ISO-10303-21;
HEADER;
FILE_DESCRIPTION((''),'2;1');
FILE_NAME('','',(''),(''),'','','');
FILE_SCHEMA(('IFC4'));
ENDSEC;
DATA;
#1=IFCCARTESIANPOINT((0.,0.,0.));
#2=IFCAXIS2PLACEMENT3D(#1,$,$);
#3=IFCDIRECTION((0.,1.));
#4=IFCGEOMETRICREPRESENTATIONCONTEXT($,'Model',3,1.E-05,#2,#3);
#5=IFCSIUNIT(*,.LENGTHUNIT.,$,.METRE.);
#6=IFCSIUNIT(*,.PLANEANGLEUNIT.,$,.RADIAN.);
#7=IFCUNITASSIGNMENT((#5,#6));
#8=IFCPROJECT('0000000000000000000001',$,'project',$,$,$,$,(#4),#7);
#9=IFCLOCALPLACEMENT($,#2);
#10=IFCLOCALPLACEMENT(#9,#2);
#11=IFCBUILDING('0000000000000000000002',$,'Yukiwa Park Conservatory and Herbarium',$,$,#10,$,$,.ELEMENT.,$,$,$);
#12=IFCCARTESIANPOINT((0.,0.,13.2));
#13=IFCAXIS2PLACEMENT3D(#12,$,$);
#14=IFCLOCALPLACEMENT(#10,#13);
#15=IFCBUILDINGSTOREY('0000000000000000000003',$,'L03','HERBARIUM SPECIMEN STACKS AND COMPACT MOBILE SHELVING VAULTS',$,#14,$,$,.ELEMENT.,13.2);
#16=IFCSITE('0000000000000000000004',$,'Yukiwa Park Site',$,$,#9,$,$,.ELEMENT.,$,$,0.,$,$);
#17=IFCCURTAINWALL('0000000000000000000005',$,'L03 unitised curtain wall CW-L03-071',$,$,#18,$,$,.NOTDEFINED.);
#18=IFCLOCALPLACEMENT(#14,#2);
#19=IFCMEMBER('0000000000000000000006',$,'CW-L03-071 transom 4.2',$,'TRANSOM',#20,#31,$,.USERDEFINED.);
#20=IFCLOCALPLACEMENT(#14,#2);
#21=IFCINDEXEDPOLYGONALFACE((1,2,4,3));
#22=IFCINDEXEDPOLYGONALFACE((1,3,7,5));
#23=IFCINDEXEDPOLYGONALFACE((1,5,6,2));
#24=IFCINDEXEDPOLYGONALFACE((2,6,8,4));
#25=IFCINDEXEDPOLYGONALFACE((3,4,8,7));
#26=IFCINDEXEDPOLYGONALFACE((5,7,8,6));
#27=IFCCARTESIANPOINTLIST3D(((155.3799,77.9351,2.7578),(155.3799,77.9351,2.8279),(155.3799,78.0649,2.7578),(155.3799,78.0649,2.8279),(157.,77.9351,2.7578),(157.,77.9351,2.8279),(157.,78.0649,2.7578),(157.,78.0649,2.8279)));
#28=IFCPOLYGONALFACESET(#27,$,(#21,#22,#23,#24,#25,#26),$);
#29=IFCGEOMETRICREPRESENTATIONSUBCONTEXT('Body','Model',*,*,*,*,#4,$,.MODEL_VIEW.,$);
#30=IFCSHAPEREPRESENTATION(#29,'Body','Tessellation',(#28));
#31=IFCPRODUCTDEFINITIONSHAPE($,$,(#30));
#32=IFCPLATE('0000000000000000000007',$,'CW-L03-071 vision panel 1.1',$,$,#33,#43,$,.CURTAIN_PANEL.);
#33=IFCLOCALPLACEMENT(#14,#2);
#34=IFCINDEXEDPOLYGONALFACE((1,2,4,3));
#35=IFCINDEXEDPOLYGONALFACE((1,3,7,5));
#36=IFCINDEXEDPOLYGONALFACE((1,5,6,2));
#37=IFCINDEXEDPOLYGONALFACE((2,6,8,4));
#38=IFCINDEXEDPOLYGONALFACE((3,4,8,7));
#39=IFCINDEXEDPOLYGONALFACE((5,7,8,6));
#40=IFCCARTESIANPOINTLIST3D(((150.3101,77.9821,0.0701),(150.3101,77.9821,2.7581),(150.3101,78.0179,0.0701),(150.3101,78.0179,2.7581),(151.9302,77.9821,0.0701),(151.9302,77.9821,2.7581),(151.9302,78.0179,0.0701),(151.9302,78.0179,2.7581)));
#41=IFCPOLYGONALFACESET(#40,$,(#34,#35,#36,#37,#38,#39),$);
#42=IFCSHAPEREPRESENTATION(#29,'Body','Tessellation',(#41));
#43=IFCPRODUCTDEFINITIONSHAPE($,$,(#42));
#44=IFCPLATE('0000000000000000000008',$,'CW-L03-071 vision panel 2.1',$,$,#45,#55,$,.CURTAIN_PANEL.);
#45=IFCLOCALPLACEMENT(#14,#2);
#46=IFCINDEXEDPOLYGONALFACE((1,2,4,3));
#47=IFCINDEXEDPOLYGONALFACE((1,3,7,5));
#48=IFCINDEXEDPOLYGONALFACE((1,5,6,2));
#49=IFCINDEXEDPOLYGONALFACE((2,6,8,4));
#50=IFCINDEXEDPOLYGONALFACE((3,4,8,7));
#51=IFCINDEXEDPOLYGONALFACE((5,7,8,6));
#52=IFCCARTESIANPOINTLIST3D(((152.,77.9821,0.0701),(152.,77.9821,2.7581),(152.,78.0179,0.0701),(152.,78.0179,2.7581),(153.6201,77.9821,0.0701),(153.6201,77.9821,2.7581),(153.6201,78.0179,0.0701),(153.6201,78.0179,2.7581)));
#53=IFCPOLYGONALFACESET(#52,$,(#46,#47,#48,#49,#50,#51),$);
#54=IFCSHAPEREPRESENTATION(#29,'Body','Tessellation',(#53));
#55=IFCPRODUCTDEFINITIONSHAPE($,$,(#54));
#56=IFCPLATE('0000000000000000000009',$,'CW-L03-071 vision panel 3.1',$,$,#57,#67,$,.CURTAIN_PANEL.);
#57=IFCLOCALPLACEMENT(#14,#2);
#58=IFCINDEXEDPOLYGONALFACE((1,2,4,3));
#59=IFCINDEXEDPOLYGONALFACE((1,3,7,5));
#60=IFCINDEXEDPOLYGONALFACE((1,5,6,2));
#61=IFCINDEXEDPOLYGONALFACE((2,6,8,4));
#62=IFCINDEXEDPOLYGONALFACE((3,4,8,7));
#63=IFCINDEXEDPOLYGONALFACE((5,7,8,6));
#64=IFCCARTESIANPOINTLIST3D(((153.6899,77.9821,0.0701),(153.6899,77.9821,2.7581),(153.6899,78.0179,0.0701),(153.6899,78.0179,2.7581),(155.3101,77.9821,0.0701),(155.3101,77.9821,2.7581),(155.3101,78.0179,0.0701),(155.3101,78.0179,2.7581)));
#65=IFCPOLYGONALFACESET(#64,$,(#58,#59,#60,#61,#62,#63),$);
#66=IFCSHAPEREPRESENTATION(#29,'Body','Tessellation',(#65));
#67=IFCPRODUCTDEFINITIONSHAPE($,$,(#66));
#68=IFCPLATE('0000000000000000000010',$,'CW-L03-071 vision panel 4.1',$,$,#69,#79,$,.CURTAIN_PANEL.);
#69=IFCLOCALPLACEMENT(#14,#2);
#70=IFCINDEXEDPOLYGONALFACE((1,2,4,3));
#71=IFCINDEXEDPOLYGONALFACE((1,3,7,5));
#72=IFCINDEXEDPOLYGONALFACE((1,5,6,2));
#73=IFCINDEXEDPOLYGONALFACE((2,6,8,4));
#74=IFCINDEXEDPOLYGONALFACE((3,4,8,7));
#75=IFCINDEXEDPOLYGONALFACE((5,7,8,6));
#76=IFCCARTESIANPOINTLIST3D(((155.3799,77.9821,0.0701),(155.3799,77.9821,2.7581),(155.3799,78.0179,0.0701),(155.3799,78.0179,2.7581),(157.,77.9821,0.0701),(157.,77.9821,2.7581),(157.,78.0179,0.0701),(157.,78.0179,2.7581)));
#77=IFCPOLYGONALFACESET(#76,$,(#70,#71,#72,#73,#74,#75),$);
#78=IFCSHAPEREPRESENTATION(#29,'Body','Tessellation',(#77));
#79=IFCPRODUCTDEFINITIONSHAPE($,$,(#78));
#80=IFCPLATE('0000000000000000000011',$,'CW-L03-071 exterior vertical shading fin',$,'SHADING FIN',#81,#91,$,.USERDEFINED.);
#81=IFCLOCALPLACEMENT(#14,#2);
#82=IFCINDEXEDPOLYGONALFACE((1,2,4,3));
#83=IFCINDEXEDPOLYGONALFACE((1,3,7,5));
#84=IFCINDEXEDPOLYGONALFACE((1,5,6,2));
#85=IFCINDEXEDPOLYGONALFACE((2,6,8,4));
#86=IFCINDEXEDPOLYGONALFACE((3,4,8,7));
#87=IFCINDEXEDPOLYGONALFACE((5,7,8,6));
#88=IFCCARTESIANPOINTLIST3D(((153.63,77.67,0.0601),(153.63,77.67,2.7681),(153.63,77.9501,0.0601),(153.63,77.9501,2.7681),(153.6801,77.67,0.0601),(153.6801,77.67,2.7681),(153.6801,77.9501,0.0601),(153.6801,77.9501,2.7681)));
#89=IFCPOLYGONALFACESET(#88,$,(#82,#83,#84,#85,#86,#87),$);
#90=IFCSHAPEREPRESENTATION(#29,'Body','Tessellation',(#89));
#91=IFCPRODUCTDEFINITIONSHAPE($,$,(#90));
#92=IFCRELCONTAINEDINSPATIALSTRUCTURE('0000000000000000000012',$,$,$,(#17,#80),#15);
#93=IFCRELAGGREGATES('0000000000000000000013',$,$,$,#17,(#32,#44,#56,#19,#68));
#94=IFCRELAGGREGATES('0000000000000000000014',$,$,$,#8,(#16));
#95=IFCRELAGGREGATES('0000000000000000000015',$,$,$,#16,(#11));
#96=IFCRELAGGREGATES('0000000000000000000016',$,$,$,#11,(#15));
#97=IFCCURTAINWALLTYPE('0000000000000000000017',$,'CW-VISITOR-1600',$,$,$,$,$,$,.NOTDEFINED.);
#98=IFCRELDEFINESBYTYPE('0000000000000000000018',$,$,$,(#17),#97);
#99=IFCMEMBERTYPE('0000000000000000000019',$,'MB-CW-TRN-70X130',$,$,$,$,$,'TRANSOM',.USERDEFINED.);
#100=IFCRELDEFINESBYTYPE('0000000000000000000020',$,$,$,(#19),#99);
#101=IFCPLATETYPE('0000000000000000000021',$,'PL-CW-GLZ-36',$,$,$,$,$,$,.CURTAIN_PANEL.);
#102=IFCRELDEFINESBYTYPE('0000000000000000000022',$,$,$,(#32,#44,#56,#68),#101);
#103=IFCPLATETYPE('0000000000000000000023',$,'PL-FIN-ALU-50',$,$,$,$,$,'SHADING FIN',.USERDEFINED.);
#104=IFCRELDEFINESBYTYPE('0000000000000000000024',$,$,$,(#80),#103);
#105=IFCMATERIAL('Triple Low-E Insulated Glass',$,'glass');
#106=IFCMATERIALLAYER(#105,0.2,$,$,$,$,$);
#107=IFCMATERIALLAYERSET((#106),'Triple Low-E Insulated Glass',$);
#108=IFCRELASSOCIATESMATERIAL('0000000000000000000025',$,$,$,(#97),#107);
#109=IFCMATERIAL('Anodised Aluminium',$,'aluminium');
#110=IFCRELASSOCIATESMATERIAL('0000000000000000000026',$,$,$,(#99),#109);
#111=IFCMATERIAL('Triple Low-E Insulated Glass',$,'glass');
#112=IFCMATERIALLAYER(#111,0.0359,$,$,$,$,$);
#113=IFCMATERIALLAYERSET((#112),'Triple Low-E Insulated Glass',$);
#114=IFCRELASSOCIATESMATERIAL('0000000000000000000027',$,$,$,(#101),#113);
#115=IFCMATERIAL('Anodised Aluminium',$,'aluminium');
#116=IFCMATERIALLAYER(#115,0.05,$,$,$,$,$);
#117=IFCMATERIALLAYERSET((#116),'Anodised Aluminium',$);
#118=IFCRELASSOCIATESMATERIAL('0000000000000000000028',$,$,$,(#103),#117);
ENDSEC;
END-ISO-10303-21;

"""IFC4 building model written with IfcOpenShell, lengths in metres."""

from ifc_helpers import new_model, si_unit, direction, frame, origin, origin_2d, place, context, subcontext, project, spatial, rectangle, extrude, material, layer, layer_set, type_object, element, aggregate, save


model = new_model("IFC4")

# Units and contexts
model_context = context("Model", 3, precision=1e-05, world=origin(), true_north=direction((0.0, 1.0)))
body_context = subcontext(model_context, "Body", "Model", "MODEL_VIEW")
ifc_project = project(units=[si_unit("LENGTHUNIT", "METRE"), si_unit("PLANEANGLEUNIT", "RADIAN")], contexts=[model_context])

# Site, building, storey
site_placement = place(None, origin())
site = spatial("IfcSite", under=ifc_project, at=site_placement, Name="Yukiwa Park Site", CompositionType="ELEMENT", RefElevation=0.0)
building_placement = place(site_placement, origin())
building = spatial("IfcBuilding", under=site, at=building_placement, Name="Yukiwa Park Conservatory and Herbarium", CompositionType="ELEMENT")
storey_placement = place(building_placement, frame((0.0, 0.0, 13.2)))
storey = spatial("IfcBuildingStorey", under=building, at=storey_placement, Name="L03", Description="HERBARIUM SPECIMEN STACKS AND COMPACT MOBILE SHELVING VAULTS", CompositionType="ELEMENT", Elevation=13.2)

# Curtain wall, member, plates
ifc_material_1 = material(Name="Triple Low-E Insulated Glass", Category="glass")
ifc_layer_1 = layer(ifc_material_1, 0.2)
ifc_layer_set_1 = layer_set([ifc_layer_1], Name="Triple Low-E Insulated Glass")
curtain_wall_type = type_object("IfcCurtainWallType", Name="CW-VISITOR-1600", PredefinedType="NOTDEFINED", material=ifc_layer_set_1)
curtain_wall_placement = place(storey_placement, origin())
curtain_wall = element("IfcCurtainWall", 1, at=curtain_wall_placement, inside=storey, type_object=curtain_wall_type, Name="L03 unitised curtain wall CW-L03-071", PredefinedType="NOTDEFINED")
ifc_material_2 = material(Name="Anodised Aluminium", Category="aluminium")
member_type_1 = type_object("IfcMemberType", Name="MB-CW-TRN-70X130", ElementType="TRANSOM", PredefinedType="USERDEFINED", material=ifc_material_2)
member_1_placement = place(storey_placement, frame((156.1899, 78.0, 2.7578), z_axis=(0.0, 0.0, 1.0), x_axis=(1.0, 0.0, 0.0)))
member_1 = element("IfcMember", 2, at=member_1_placement, type_object=member_type_1, Name="CW-L03-071 transom 4.2", ObjectType="TRANSOM", PredefinedType="USERDEFINED", context=body_context, shape_type="SweptSolid", body=[
    extrude(rectangle(XDim=1.6201, YDim=0.1299, at=origin_2d()), origin(), (0.0, 0.0, 1.0), 0.0701),
])
ifc_material_3 = material(Name="Triple Low-E Insulated Glass", Category="glass")
ifc_layer_2 = layer(ifc_material_3, 0.0359)
ifc_layer_set_2 = layer_set([ifc_layer_2], Name="Triple Low-E Insulated Glass")
plate_type_1 = type_object("IfcPlateType", Name="PL-CW-GLZ-36", PredefinedType="CURTAIN_PANEL", material=ifc_layer_set_2)
plate_1_placement = place(storey_placement, frame((151.1201, 78.0, 0.0701), z_axis=(0.0, 0.0, 1.0), x_axis=(1.0, 0.0, 0.0)))
plate_1 = element("IfcPlate", 3, at=plate_1_placement, type_object=plate_type_1, Name="CW-L03-071 vision panel 1.1", PredefinedType="CURTAIN_PANEL", context=body_context, shape_type="SweptSolid", body=[
    extrude(rectangle(XDim=1.6201, YDim=0.0359, at=origin_2d()), origin(), (0.0, 0.0, 1.0), 2.688),
])
plate_2_placement = place(storey_placement, frame((152.8101, 78.0, 0.0701), z_axis=(0.0, 0.0, 1.0), x_axis=(1.0, 0.0, 0.0)))
plate_2 = element("IfcPlate", 4, at=plate_2_placement, type_object=plate_type_1, Name="CW-L03-071 vision panel 2.1", PredefinedType="CURTAIN_PANEL", context=body_context, shape_type="SweptSolid", body=[
    extrude(rectangle(XDim=1.6201, YDim=0.0359, at=origin_2d()), origin(), (0.0, 0.0, 1.0), 2.688),
])
plate_3_placement = place(storey_placement, frame((154.5, 78.0, 0.0701), z_axis=(0.0, 0.0, 1.0), x_axis=(1.0, 0.0, 0.0)))
plate_3 = element("IfcPlate", 5, at=plate_3_placement, type_object=plate_type_1, Name="CW-L03-071 vision panel 3.1", PredefinedType="CURTAIN_PANEL", context=body_context, shape_type="SweptSolid", body=[
    extrude(rectangle(XDim=1.6201, YDim=0.0359, at=origin_2d()), origin(), (0.0, 0.0, 1.0), 2.688),
])
plate_4_placement = place(storey_placement, frame((156.1899, 78.0, 0.0701), z_axis=(0.0, 0.0, 1.0), x_axis=(1.0, 0.0, 0.0)))
plate_4 = element("IfcPlate", 6, at=plate_4_placement, type_object=plate_type_1, Name="CW-L03-071 vision panel 4.1", PredefinedType="CURTAIN_PANEL", context=body_context, shape_type="SweptSolid", body=[
    extrude(rectangle(XDim=1.6201, YDim=0.0359, at=origin_2d()), origin(), (0.0, 0.0, 1.0), 2.688),
])
aggregate(curtain_wall, [plate_1, plate_2, plate_3, member_1, plate_4])

# Plate
ifc_material_4 = material(Name="Anodised Aluminium", Category="aluminium")
ifc_layer_3 = layer(ifc_material_4, 0.05)
ifc_layer_set_3 = layer_set([ifc_layer_3], Name="Anodised Aluminium")
plate_type_2 = type_object("IfcPlateType", Name="PL-FIN-ALU-50", ElementType="SHADING FIN", PredefinedType="USERDEFINED", material=ifc_layer_set_3)
plate_5_placement = place(storey_placement, frame((153.655, 77.8101, 0.0601), z_axis=(0.0, 0.0, 1.0), x_axis=(1.0, 0.0, 0.0)))
element("IfcPlate", 7, at=plate_5_placement, inside=storey, type_object=plate_type_2, Name="CW-L03-071 exterior vertical shading fin", ObjectType="SHADING FIN", PredefinedType="USERDEFINED", context=body_context, shape_type="SweptSolid", body=[
    extrude(rectangle(XDim=0.05, YDim=0.28, at=origin_2d()), origin(), (0.0, 0.0, 1.0), 2.708),
])

save(model, "model.ifc")
